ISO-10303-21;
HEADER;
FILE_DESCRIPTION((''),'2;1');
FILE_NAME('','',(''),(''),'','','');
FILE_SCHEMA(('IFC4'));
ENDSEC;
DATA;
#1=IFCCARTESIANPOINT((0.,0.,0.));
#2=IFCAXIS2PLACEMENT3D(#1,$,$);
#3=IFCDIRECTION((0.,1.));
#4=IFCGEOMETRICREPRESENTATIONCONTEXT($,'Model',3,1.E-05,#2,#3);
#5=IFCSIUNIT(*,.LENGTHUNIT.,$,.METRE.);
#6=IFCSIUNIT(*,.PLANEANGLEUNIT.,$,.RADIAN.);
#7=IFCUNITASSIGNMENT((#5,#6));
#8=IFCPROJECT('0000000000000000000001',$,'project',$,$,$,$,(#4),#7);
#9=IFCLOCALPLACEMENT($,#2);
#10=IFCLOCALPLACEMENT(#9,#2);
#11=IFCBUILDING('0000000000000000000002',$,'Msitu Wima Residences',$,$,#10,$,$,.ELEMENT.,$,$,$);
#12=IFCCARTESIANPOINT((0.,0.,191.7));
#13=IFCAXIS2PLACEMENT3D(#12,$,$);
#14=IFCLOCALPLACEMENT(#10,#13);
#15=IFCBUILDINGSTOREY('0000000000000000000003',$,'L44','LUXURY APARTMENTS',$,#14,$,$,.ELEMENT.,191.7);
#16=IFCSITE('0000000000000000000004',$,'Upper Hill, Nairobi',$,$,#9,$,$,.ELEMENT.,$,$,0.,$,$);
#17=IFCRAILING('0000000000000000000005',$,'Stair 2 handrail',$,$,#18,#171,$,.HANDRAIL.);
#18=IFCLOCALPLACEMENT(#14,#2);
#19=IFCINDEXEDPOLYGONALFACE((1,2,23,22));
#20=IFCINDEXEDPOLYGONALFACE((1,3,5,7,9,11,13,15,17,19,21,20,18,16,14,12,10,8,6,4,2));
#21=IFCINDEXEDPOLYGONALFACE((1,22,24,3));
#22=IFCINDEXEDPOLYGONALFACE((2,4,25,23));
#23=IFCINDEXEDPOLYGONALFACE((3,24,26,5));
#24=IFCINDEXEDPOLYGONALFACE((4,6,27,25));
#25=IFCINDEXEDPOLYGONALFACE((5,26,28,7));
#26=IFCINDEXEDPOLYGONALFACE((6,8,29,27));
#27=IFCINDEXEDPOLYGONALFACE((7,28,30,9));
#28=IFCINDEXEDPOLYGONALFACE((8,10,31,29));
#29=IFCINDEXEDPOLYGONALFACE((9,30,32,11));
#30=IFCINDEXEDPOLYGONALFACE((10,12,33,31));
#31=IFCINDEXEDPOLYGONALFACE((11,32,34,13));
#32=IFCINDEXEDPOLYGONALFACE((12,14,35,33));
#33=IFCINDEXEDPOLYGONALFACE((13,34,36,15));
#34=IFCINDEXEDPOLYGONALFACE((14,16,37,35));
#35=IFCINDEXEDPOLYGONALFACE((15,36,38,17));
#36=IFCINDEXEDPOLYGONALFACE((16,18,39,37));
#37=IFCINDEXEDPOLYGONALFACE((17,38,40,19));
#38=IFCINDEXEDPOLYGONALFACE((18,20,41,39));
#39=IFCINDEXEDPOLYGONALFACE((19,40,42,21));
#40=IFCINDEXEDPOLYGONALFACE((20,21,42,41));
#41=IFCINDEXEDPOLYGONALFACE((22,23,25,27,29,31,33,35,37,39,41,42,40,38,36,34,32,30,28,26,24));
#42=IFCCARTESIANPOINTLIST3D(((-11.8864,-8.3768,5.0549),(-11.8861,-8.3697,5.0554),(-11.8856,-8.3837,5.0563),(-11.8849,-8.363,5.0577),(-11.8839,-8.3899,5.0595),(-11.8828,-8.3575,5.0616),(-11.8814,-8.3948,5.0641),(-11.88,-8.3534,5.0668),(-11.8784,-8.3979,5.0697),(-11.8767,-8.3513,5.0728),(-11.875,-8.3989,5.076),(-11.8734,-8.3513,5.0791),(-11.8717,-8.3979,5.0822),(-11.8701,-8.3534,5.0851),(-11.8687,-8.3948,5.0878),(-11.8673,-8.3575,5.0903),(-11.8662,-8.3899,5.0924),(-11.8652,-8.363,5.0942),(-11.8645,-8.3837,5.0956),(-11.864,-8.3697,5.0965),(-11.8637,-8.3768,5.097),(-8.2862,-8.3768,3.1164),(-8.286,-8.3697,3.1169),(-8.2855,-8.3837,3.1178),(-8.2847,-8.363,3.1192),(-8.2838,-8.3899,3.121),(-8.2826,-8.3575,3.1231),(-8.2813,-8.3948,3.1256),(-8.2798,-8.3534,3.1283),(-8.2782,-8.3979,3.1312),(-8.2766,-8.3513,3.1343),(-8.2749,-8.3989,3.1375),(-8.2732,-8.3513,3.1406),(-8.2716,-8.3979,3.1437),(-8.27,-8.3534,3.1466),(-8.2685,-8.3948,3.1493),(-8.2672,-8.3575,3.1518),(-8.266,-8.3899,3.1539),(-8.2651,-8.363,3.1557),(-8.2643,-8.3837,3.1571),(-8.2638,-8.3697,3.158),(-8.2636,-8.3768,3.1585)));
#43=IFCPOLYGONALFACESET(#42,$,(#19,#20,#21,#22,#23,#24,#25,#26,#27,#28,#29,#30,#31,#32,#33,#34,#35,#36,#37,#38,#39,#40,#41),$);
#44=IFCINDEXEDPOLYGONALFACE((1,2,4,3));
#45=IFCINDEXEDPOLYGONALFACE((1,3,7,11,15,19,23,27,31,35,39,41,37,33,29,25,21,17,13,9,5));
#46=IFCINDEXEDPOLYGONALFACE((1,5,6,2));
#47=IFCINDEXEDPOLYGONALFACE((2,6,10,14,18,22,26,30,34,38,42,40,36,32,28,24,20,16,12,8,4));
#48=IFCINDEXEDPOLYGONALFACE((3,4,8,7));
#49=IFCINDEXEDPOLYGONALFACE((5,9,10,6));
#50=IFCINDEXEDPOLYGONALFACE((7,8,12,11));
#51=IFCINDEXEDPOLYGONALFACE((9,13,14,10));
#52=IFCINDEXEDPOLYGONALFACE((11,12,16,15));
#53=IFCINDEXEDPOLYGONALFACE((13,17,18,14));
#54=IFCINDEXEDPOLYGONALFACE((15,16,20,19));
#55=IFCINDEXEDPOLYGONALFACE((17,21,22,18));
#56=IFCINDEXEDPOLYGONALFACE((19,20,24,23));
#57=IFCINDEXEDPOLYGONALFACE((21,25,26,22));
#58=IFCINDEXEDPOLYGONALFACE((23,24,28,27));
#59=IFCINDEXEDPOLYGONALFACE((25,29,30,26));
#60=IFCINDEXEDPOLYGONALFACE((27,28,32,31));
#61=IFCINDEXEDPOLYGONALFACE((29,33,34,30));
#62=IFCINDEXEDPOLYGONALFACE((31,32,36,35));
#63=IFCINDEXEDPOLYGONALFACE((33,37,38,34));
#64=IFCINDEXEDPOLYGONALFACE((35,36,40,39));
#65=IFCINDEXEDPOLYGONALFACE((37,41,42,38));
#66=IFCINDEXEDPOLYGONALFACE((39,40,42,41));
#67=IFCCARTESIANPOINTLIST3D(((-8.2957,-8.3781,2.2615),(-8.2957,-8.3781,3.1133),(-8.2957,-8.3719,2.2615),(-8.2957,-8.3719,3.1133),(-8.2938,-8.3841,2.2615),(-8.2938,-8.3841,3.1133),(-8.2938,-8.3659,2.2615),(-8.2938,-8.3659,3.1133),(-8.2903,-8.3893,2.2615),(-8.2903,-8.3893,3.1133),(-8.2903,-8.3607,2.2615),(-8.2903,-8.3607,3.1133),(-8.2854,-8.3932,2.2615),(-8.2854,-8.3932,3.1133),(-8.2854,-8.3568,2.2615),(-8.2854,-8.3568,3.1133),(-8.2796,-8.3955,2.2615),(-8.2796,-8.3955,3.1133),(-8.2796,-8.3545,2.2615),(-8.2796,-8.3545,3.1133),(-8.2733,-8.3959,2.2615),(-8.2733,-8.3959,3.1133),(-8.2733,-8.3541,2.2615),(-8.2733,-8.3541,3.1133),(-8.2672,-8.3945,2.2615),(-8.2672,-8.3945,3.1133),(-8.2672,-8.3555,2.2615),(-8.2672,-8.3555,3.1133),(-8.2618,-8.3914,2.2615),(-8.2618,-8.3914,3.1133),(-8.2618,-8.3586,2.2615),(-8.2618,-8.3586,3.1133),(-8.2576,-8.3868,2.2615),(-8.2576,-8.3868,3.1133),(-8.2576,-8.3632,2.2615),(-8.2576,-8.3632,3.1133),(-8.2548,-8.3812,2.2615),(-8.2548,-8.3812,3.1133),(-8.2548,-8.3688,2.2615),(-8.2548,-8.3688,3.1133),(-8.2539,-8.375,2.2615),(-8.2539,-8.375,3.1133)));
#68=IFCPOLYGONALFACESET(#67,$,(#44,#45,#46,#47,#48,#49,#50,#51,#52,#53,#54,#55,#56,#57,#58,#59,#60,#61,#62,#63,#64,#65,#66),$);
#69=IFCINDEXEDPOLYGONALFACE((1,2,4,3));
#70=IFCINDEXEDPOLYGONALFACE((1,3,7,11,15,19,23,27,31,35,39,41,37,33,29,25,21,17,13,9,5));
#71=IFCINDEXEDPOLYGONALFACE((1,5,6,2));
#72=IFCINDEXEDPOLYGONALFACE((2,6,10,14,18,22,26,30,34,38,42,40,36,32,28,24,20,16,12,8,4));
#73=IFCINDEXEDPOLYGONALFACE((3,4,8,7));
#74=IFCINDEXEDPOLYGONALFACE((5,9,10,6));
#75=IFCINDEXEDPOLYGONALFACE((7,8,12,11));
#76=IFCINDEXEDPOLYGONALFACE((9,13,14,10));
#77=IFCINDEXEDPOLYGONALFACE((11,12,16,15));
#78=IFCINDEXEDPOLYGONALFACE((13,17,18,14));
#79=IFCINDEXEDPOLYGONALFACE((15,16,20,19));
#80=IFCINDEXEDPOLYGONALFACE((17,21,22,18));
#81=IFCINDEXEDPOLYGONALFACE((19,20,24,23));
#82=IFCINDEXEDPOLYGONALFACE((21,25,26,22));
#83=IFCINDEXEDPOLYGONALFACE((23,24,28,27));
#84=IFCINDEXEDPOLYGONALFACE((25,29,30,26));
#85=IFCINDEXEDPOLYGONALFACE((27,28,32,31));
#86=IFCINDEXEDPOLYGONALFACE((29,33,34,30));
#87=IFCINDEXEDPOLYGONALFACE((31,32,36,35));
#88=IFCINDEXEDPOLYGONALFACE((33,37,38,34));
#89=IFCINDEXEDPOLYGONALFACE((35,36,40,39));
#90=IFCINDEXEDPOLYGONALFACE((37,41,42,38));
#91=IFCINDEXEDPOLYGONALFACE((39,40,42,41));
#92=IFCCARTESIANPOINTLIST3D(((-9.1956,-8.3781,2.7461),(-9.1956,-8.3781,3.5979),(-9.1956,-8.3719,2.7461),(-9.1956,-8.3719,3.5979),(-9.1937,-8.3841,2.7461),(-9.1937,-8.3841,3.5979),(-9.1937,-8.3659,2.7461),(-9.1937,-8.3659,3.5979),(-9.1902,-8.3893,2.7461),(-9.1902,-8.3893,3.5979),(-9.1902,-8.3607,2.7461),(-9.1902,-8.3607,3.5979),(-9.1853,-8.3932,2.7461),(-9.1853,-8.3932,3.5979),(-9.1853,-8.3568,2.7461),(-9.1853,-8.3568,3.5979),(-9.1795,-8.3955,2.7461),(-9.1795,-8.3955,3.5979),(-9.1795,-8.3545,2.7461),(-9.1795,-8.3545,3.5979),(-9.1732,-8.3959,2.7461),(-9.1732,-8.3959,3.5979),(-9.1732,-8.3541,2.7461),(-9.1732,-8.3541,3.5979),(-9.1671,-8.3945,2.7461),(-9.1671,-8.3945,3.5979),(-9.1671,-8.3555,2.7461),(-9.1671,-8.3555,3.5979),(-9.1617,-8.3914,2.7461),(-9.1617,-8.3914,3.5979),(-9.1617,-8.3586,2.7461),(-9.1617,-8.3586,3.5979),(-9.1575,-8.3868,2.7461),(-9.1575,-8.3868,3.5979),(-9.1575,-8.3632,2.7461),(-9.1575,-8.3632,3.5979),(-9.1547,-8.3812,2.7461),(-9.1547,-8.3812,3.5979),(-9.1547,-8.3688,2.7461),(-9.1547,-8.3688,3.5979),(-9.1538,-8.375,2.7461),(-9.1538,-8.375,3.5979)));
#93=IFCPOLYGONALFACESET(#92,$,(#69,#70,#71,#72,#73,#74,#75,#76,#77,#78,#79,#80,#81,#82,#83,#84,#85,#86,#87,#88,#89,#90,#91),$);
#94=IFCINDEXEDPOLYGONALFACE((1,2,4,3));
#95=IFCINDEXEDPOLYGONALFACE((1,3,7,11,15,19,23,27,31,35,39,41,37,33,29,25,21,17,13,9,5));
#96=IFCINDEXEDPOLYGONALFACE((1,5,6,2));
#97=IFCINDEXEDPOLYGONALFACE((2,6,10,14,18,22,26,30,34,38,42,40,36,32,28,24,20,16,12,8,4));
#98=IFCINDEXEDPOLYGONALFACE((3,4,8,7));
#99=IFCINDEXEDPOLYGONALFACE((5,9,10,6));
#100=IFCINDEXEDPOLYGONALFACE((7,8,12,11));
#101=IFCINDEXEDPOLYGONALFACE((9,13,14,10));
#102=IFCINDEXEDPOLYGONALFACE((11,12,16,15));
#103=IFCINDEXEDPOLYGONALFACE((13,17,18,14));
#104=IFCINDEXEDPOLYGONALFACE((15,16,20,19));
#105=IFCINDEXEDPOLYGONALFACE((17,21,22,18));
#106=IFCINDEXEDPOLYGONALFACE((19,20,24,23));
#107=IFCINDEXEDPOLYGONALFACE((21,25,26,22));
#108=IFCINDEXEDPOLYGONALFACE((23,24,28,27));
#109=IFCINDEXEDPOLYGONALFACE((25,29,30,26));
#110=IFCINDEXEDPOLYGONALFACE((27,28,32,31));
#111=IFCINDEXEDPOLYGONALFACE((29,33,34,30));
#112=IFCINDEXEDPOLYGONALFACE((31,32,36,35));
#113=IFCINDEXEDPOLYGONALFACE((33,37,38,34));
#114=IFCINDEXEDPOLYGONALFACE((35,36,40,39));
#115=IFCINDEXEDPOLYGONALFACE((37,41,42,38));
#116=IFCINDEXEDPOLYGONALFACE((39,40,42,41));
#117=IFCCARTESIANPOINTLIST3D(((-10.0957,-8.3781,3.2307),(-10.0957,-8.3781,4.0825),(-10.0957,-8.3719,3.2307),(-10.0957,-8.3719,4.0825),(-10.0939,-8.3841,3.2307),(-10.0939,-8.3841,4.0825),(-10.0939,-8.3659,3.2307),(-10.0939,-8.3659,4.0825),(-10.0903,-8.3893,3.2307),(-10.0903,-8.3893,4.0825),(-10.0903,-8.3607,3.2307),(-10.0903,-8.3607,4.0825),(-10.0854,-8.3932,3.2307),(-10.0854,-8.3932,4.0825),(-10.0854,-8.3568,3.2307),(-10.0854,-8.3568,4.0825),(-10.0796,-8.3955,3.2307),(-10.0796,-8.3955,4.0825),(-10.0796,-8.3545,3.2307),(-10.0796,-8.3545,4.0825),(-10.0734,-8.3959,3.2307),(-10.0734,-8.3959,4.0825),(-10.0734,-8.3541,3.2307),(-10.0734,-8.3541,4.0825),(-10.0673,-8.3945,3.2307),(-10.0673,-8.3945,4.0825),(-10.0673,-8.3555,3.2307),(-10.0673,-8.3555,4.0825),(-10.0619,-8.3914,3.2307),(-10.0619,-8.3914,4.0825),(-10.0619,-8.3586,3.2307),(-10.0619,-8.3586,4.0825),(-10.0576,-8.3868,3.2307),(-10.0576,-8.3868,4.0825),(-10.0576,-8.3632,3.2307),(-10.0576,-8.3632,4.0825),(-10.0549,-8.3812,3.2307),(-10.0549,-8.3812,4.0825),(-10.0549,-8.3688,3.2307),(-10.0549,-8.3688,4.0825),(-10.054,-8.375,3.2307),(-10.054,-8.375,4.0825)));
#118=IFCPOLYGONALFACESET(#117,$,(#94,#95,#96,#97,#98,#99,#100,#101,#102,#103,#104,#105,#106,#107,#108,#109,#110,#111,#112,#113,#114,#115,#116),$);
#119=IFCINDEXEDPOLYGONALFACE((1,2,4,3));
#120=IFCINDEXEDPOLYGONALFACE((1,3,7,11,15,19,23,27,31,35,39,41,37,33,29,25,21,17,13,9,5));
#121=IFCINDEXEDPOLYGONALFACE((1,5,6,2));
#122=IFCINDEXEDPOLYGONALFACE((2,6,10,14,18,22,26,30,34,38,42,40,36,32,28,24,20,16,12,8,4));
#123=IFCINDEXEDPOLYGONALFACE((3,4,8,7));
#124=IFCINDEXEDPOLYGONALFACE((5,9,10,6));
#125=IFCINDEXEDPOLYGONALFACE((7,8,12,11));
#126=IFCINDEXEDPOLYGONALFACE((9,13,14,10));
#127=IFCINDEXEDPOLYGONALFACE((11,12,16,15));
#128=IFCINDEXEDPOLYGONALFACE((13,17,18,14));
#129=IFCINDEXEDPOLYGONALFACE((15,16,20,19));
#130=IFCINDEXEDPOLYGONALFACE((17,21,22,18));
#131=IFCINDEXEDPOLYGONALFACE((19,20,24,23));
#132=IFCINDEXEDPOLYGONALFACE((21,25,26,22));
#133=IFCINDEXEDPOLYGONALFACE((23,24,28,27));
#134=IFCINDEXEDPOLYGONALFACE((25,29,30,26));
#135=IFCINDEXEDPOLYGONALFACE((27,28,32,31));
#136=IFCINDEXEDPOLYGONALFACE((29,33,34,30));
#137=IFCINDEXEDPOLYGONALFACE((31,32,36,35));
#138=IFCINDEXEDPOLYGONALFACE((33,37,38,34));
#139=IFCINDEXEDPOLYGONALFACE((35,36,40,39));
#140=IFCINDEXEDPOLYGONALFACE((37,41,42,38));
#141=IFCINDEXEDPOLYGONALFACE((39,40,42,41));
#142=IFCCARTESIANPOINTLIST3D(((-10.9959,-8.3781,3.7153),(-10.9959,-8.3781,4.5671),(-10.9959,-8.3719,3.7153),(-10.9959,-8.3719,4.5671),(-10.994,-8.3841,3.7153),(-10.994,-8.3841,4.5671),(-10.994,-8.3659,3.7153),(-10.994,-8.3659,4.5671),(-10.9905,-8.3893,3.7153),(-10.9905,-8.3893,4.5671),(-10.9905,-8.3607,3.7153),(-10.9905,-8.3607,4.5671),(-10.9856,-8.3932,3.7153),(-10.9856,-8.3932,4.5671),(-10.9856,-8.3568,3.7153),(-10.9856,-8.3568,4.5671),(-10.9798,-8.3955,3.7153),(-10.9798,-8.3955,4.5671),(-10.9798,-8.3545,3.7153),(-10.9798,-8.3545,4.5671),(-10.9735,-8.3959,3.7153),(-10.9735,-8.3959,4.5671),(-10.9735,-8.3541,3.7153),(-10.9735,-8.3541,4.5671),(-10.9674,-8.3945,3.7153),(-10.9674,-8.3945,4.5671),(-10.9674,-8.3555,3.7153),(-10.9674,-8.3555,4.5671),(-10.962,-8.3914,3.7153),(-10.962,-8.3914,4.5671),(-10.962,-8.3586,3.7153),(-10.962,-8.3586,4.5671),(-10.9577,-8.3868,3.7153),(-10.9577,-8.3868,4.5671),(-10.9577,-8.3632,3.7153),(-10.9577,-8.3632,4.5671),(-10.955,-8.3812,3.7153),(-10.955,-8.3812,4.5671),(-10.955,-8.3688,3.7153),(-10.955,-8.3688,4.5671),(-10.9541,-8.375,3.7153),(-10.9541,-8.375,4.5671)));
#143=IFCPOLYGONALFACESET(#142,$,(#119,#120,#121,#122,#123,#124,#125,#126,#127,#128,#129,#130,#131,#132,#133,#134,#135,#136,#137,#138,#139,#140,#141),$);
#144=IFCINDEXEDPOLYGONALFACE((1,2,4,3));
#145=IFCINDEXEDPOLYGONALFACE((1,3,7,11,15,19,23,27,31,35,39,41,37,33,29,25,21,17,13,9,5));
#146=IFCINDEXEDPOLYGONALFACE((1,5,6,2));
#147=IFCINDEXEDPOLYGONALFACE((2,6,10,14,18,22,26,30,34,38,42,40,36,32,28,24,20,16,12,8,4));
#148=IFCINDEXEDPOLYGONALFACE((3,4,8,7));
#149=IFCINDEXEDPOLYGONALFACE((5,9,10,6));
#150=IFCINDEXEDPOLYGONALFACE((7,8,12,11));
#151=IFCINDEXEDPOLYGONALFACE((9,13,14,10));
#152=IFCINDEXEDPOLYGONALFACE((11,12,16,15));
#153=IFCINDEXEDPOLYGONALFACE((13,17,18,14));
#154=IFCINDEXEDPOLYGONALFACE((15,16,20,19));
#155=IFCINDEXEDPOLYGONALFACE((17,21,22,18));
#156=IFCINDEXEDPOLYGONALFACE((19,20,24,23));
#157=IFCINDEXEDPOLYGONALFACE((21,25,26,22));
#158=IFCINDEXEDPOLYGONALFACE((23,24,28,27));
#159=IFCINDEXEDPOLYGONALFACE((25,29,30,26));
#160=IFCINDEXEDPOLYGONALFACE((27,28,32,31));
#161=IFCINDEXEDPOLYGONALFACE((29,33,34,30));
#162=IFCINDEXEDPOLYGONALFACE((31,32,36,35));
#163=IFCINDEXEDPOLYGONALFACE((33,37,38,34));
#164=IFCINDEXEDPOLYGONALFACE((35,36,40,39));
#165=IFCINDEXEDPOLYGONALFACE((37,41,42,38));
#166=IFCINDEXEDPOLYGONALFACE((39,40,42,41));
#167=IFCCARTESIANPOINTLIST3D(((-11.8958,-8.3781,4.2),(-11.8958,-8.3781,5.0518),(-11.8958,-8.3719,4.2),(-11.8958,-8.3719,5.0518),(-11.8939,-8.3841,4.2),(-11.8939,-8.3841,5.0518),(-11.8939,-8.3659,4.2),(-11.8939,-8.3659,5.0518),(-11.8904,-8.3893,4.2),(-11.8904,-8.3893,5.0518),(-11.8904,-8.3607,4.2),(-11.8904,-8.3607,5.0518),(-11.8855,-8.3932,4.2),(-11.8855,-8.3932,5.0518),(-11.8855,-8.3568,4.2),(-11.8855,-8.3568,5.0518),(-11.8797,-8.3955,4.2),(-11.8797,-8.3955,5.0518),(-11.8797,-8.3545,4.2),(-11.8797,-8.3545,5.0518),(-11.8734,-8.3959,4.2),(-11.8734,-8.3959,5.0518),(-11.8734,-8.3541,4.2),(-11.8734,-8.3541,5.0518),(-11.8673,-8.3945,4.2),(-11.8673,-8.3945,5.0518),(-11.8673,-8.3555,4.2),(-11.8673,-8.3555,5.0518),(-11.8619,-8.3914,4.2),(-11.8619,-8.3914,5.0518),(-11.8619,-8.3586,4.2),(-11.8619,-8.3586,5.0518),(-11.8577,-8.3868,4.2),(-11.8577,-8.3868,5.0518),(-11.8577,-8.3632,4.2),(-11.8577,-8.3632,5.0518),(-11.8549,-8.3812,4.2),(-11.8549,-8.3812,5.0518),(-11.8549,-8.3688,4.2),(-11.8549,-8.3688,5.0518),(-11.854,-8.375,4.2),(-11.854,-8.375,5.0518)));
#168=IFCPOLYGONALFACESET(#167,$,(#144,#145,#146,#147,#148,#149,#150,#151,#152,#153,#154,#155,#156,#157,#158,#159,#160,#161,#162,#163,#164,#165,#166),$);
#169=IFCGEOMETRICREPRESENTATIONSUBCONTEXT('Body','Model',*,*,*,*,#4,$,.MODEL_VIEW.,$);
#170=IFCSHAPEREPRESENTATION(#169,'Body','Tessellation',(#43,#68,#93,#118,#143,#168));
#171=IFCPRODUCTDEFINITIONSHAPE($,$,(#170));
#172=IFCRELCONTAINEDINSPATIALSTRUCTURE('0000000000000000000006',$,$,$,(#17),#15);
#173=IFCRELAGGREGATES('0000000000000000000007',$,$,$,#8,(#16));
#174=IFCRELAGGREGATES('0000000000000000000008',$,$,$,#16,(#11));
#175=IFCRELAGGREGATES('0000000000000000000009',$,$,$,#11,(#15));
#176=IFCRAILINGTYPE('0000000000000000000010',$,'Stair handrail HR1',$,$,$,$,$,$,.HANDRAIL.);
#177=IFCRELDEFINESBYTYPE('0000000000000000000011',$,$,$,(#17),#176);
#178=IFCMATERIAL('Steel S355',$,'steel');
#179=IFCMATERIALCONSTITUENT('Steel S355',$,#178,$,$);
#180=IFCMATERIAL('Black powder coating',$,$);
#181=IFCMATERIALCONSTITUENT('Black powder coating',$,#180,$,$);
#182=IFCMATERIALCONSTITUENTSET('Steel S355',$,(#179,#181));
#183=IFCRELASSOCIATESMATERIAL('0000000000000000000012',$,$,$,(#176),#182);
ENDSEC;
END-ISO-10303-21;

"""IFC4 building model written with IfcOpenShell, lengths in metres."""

from ifc_helpers import new_model, si_unit, direction, frame, origin, origin_2d, place, context, subcontext, project, spatial, circle, extrude, material, constituent, constituent_set, type_object, element, save


model = new_model("IFC4")

# Units and contexts
model_context = context("Model", 3, precision=1e-05, world=origin(), true_north=direction((0.0, 1.0)))
body_context = subcontext(model_context, "Body", "Model", "MODEL_VIEW")
ifc_project = project(units=[si_unit("LENGTHUNIT", "METRE"), si_unit("PLANEANGLEUNIT", "RADIAN")], contexts=[model_context])

# Site, building, storey
site_placement = place(None, origin())
site = spatial("IfcSite", under=ifc_project, at=site_placement, Name="Upper Hill, Nairobi", CompositionType="ELEMENT", RefElevation=0.0)
building_placement = place(site_placement, origin())
building = spatial("IfcBuilding", under=site, at=building_placement, Name="Msitu Wima Residences", CompositionType="ELEMENT")
storey_placement = place(building_placement, frame((0.0, 0.0, 191.7)))
storey = spatial("IfcBuildingStorey", under=building, at=storey_placement, Name="L44", Description="LUXURY APARTMENTS", CompositionType="ELEMENT", Elevation=191.7)

# Railing
ifc_material_1 = material(Name="Steel S355", Category="steel")
ifc_constituent_1 = constituent(ifc_material_1, Name="Steel S355")
ifc_material_2 = material(Name="Black powder coating")
ifc_constituent_2 = constituent(ifc_material_2, Name="Black powder coating")
ifc_constituent_set = constituent_set(constituents=[ifc_constituent_1, ifc_constituent_2], Name="Steel S355")
railing_type = type_object("IfcRailingType", Name="Stair handrail HR1", PredefinedType="HANDRAIL", material=ifc_constituent_set)
for number, where, name in (
    (1, (-8.2749, -8.375, 2.2615), "Stair 2 handrail"),
):
    element("IfcRailing", number, at=place(storey_placement, frame(where)), inside=storey, type_object=railing_type, Name=name, PredefinedType="HANDRAIL", context=body_context, shape_type="SweptSolid", body=[
        extrude(circle(Radius=0.0239, at=origin_2d()), frame((0.0, 0.0, 0.876), z_axis=(-0.880475, 0.0, 0.474093), x_axis=(0.0, -1.0, 0.0)), (0.0, 0.0, 1.0), 4.0889),
        extrude(circle(Radius=0.021, at=origin_2d()), origin(), (0.0, 0.0, 1.0), 0.8518),
        extrude(circle(Radius=0.021, at=origin_2d()), frame((-0.8999, 0.0, 0.4846)), (0.0, 0.0, 1.0), 0.8518),
        extrude(circle(Radius=0.021, at=origin_2d()), frame((-1.8, 0.0, 0.9692)), (0.0, 0.0, 1.0), 0.8518),
        extrude(circle(Radius=0.021, at=origin_2d()), frame((-2.7002, 0.0, 1.4539)), (0.0, 0.0, 1.0), 0.8518),
        extrude(circle(Radius=0.021, at=origin_2d()), frame((-3.6001, 0.0, 1.9385)), (0.0, 0.0, 1.0), 0.8518),
    ])

save(model, "model.ifc")
